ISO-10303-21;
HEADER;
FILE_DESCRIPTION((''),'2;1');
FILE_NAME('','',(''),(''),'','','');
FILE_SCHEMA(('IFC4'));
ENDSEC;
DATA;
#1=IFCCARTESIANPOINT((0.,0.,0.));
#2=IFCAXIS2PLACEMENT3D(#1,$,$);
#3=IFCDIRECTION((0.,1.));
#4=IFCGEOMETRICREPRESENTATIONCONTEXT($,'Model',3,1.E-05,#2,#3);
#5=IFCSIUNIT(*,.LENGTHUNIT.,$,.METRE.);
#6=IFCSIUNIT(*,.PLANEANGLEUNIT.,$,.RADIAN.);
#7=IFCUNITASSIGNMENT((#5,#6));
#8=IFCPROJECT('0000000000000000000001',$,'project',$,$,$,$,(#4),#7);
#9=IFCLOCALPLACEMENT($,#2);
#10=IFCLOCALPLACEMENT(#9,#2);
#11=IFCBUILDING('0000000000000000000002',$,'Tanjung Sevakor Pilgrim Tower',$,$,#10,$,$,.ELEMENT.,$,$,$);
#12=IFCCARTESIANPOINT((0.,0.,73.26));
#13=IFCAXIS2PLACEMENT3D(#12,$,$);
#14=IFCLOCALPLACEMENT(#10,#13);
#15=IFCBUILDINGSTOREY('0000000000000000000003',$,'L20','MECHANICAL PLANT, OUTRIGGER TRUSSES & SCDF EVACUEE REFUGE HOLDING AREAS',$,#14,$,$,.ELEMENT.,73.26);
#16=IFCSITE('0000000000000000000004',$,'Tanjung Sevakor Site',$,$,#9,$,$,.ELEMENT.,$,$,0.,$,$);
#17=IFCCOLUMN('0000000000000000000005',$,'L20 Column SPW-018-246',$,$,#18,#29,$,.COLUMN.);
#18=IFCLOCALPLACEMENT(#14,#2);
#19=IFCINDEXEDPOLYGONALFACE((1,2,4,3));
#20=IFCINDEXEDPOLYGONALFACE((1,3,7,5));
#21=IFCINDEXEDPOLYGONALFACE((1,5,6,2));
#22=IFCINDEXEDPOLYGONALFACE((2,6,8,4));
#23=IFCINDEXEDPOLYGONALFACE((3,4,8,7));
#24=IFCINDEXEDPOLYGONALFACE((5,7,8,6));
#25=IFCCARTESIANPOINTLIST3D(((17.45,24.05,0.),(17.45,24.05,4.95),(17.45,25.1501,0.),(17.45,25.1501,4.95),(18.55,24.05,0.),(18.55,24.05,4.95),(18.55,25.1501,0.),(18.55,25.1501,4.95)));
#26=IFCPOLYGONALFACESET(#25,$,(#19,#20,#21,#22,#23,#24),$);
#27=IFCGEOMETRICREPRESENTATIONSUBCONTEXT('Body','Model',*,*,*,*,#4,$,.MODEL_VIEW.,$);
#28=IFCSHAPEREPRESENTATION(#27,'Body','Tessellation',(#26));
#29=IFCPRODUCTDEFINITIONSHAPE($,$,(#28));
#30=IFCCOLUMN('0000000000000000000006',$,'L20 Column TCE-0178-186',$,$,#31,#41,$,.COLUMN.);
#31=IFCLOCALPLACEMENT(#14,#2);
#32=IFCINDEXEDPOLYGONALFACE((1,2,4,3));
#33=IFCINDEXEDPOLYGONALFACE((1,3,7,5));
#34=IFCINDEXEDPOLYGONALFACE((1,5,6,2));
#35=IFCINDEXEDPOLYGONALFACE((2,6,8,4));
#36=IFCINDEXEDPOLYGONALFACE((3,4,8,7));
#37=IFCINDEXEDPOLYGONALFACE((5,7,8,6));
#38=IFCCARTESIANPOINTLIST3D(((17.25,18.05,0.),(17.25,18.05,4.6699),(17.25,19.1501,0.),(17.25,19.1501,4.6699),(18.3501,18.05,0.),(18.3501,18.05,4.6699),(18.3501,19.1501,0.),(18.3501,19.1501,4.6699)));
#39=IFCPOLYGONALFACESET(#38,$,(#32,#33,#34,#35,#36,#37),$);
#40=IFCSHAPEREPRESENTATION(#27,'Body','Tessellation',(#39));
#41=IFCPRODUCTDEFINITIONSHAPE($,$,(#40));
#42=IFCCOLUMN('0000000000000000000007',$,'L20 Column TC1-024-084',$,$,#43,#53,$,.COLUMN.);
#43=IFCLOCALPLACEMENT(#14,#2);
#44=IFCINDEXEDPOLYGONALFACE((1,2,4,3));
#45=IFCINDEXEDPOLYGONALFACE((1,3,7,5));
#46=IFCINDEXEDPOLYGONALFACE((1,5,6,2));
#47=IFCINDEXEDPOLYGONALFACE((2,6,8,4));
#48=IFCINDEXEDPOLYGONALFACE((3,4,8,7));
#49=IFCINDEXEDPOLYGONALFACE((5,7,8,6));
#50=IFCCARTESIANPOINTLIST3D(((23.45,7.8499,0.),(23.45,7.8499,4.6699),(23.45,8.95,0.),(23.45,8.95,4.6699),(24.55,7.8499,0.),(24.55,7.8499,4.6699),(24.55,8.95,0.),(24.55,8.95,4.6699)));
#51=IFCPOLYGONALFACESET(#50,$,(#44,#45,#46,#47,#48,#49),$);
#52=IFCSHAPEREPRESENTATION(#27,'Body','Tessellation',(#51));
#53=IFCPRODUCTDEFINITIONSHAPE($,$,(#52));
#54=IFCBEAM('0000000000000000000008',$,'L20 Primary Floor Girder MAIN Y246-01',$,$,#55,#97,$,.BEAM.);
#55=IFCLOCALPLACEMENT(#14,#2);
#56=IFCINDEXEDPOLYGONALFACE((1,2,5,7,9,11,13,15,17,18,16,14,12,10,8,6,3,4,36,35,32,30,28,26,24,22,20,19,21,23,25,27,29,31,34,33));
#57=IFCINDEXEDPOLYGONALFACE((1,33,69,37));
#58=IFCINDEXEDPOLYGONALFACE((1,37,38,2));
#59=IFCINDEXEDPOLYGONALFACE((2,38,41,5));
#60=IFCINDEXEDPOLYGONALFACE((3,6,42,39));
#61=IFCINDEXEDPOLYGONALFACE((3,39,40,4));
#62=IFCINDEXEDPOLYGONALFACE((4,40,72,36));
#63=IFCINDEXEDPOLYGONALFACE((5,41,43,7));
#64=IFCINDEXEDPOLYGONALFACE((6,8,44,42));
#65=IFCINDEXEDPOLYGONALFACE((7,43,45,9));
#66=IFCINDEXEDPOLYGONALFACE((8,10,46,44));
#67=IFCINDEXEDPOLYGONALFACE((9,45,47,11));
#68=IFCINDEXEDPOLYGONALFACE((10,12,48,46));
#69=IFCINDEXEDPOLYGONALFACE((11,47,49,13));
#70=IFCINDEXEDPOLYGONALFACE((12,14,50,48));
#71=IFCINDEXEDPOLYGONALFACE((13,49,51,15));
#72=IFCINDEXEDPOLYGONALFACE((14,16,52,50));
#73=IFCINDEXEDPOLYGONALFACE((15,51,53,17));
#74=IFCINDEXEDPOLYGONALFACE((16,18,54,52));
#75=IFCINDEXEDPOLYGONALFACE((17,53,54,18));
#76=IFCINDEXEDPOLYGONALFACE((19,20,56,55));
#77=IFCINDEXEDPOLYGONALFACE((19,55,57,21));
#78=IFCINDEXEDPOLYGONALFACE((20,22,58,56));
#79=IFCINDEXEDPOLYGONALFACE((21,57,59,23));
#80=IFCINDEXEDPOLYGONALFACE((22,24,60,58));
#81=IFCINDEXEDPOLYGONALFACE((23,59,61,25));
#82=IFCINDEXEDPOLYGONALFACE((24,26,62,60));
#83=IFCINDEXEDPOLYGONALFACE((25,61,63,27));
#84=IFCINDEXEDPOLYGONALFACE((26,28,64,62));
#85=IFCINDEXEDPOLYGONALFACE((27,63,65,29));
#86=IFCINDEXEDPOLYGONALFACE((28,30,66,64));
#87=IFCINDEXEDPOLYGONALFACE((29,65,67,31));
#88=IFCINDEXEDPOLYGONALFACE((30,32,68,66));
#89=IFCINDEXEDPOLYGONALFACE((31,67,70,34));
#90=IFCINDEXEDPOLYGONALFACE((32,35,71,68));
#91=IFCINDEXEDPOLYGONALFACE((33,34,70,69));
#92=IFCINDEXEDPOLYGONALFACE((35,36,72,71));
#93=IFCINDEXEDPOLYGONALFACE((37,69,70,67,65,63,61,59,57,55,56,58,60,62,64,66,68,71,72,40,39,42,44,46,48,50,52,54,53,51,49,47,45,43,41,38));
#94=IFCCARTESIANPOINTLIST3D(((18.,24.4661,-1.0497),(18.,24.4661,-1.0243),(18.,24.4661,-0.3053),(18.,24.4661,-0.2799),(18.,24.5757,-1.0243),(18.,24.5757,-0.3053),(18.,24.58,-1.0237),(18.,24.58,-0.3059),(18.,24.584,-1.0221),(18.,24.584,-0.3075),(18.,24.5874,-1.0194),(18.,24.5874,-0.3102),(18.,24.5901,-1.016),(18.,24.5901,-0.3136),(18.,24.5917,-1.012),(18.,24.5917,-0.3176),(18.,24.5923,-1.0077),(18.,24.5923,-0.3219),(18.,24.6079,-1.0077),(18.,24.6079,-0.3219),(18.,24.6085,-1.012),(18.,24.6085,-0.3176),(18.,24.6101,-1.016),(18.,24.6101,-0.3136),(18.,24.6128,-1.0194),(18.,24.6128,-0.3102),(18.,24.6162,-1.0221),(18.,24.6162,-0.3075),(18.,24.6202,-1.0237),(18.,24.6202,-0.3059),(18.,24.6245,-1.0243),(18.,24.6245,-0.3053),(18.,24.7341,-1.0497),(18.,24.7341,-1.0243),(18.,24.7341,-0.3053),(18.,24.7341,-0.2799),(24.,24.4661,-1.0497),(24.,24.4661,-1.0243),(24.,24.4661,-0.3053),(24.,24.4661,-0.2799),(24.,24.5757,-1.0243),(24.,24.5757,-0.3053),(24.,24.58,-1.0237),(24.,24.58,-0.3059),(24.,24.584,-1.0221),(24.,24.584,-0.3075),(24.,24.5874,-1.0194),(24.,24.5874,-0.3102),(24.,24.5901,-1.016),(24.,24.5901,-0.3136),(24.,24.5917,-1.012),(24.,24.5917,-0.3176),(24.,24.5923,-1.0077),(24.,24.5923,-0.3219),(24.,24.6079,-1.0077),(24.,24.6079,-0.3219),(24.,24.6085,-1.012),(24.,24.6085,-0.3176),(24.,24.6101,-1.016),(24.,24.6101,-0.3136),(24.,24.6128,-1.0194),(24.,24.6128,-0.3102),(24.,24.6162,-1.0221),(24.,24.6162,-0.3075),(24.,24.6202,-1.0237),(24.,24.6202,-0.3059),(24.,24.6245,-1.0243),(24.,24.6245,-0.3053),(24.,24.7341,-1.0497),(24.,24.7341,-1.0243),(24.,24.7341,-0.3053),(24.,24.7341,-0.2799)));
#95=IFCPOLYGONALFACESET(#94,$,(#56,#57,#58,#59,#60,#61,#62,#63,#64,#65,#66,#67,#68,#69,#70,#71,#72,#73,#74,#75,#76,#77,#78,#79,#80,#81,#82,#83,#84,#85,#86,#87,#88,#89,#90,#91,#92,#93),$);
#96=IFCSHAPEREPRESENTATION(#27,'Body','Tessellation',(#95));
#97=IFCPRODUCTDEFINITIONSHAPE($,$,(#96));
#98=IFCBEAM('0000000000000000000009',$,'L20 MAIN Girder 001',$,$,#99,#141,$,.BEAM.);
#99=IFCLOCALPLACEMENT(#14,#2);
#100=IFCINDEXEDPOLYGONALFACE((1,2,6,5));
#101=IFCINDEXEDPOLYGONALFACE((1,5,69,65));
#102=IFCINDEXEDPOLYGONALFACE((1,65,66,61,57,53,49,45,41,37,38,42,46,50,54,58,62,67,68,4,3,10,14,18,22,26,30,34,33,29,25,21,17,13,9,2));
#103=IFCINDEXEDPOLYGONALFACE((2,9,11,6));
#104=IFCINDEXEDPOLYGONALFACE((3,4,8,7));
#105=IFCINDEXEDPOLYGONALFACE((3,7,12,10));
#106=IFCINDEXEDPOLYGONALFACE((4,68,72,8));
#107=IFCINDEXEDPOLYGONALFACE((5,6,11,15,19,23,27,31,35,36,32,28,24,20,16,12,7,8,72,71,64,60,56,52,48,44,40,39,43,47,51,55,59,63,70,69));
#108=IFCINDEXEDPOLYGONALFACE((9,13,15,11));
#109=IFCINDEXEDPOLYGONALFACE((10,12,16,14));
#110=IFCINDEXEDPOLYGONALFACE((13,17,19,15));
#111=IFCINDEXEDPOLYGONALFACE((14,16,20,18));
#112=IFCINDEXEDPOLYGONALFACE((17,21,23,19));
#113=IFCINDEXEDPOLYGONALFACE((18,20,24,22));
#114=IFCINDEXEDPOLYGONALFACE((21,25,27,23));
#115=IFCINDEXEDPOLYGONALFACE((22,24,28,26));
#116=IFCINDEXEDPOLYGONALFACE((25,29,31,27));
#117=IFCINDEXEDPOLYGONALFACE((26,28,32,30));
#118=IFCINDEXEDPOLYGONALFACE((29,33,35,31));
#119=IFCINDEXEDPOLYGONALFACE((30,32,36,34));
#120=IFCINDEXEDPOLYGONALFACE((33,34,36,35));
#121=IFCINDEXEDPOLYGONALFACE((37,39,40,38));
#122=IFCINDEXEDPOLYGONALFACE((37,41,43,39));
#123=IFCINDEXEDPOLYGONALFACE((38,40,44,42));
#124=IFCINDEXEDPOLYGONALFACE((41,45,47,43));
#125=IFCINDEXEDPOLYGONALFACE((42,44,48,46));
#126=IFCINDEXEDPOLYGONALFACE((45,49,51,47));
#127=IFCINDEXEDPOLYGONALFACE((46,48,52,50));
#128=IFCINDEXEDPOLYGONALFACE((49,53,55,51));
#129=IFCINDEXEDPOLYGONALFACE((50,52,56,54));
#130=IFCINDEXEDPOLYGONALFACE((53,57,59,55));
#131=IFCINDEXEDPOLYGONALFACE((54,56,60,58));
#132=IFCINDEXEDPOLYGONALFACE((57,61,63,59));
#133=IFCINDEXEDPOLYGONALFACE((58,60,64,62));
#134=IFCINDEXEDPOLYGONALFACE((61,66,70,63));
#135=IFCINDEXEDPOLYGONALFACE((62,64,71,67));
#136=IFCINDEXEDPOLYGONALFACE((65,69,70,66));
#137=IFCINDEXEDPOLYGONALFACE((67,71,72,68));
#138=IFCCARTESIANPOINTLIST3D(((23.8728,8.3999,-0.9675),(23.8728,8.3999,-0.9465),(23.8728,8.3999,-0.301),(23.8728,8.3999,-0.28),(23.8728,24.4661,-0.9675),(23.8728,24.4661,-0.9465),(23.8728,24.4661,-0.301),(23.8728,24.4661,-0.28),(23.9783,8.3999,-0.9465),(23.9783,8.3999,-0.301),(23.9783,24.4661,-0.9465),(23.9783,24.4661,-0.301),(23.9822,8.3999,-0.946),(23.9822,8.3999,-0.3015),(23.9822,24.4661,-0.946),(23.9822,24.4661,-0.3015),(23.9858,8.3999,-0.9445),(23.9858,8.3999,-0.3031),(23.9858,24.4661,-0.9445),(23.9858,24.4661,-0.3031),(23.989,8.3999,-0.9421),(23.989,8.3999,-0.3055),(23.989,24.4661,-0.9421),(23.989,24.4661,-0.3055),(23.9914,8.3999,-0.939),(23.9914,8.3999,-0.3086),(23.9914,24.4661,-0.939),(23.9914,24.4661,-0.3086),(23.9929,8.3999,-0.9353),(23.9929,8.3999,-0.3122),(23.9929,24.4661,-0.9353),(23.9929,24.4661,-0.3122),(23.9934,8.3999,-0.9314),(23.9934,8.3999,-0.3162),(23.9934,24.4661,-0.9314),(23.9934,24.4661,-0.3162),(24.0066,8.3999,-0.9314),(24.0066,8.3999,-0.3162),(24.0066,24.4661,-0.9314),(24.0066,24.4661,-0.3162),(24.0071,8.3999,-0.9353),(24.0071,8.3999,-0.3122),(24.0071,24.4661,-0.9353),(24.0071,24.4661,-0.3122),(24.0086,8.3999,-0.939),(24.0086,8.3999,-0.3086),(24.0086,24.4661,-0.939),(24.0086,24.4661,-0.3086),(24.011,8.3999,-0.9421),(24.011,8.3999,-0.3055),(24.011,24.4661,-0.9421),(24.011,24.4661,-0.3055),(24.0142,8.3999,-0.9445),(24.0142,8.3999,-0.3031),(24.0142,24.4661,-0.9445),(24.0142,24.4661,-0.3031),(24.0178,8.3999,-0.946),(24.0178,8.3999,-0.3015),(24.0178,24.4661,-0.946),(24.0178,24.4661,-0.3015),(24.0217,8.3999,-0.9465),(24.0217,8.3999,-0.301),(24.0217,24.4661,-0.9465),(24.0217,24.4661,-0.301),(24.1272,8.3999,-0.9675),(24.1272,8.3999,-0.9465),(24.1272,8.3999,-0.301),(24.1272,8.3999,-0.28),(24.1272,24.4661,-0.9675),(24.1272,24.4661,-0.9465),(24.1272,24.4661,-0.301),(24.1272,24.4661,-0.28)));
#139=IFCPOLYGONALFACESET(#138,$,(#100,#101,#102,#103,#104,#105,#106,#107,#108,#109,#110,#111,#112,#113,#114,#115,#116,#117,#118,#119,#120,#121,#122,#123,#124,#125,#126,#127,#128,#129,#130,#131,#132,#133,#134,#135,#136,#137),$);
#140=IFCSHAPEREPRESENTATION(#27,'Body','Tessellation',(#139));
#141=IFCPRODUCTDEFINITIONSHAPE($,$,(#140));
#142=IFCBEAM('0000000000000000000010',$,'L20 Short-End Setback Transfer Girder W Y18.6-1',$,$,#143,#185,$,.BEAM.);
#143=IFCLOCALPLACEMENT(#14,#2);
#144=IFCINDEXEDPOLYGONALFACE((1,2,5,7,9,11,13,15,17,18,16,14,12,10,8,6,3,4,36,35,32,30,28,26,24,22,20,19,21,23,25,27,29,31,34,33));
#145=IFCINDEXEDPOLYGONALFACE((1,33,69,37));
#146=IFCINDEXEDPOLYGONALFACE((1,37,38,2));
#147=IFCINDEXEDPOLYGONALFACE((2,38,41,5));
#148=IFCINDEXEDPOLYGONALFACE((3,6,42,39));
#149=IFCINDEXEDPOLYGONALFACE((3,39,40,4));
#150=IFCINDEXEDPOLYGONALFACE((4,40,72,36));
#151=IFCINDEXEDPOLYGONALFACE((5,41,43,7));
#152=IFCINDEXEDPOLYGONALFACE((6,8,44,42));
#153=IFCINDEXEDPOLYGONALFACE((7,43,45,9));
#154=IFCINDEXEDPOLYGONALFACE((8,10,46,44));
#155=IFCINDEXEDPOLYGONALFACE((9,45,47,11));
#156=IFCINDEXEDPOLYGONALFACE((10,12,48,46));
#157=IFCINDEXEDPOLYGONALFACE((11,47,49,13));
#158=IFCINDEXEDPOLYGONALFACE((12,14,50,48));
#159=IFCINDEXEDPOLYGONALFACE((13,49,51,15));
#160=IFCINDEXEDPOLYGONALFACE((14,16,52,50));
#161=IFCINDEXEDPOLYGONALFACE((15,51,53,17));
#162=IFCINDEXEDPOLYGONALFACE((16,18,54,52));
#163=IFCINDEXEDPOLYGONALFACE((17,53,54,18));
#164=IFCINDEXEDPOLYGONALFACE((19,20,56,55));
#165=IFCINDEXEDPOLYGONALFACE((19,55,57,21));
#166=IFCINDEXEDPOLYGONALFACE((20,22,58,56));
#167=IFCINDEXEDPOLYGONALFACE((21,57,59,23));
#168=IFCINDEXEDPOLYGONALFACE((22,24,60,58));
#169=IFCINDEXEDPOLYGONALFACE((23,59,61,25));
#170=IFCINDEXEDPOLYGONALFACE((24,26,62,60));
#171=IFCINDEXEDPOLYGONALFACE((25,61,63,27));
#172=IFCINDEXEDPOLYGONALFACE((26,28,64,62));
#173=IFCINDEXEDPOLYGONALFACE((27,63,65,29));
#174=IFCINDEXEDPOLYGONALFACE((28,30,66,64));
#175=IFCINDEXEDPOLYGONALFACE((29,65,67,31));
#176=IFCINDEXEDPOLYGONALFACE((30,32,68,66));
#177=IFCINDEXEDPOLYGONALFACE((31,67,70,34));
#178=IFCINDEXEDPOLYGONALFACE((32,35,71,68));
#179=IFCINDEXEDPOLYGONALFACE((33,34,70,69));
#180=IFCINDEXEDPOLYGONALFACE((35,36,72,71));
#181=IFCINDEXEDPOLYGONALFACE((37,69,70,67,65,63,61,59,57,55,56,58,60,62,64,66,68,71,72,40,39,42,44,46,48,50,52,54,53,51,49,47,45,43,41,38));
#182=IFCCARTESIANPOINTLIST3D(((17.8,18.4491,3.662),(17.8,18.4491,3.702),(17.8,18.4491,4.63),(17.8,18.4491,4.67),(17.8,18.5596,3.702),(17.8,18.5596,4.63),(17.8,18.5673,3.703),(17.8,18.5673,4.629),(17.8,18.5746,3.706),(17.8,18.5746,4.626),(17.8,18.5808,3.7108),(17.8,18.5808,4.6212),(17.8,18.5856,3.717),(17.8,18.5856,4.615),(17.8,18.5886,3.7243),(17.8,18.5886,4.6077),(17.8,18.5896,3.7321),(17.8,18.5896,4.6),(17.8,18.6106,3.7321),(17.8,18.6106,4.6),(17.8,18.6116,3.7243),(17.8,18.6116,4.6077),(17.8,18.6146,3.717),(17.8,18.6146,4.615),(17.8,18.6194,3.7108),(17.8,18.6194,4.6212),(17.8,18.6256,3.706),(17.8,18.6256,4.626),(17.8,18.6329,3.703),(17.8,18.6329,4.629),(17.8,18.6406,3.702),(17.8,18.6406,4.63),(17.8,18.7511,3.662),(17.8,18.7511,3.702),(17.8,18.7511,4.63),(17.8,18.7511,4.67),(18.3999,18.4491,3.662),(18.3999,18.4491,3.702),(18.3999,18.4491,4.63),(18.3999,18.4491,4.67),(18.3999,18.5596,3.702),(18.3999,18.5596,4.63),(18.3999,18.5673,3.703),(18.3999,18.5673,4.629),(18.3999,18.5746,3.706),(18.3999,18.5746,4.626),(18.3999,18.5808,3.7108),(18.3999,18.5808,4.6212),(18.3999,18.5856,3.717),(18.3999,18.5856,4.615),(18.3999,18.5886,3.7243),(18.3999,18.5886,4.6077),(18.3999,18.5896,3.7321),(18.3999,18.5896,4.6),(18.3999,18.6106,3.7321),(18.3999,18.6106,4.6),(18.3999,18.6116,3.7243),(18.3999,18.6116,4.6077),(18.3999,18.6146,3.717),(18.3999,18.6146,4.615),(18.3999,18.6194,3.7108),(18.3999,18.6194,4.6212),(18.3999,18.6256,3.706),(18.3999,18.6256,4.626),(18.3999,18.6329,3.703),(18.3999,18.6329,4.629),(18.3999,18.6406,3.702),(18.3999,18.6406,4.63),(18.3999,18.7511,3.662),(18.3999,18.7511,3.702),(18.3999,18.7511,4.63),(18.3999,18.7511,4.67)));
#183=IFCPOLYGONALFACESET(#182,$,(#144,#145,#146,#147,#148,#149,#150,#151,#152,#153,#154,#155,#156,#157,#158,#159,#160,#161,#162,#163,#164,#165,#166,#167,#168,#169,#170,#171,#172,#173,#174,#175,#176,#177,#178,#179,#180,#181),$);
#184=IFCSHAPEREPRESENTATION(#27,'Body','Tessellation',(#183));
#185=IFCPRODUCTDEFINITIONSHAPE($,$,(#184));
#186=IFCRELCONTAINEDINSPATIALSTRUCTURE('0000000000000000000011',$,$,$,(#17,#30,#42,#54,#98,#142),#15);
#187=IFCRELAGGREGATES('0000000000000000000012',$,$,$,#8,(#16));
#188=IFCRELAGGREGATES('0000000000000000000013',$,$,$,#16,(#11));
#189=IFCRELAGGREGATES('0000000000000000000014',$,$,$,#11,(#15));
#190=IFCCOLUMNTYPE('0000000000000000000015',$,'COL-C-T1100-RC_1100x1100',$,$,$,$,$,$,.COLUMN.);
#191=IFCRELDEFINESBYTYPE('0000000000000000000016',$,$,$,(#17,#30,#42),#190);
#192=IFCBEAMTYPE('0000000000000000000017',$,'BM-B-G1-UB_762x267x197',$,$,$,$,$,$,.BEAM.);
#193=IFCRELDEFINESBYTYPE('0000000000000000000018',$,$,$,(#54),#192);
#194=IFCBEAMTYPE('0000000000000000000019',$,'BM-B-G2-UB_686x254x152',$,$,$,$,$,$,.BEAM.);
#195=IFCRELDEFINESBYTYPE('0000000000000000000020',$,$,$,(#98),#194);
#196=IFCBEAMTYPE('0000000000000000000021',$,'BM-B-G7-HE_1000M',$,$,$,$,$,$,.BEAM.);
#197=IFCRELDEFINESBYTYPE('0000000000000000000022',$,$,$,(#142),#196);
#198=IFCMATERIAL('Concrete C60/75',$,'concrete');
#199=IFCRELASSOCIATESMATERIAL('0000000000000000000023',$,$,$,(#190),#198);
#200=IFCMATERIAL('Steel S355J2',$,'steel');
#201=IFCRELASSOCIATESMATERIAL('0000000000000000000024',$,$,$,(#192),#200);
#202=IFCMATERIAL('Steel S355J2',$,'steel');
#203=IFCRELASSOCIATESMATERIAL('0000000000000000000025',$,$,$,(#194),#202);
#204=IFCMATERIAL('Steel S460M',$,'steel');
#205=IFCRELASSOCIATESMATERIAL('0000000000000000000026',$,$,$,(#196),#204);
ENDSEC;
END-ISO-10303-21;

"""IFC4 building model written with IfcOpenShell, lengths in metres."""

from ifc_helpers import new_model, si_unit, direction, frame, origin, origin_2d, place, context, subcontext, project, spatial, rectangle, i_section, extrude, material, material_profile, profile_set, type_object, element, save


model = new_model("IFC4")

# Units and contexts
model_context = context("Model", 3, precision=1e-05, world=origin(), true_north=direction((0.0, 1.0)))
body_context = subcontext(model_context, "Body", "Model", "MODEL_VIEW")
ifc_project = project(units=[si_unit("LENGTHUNIT", "METRE"), si_unit("PLANEANGLEUNIT", "RADIAN")], contexts=[model_context])

# Site, building, storey
site_placement = place(None, origin())
site = spatial("IfcSite", under=ifc_project, at=site_placement, Name="Tanjung Sevakor Site", CompositionType="ELEMENT", RefElevation=0.0)
building_placement = place(site_placement, origin())
building = spatial("IfcBuilding", under=site, at=building_placement, Name="Tanjung Sevakor Pilgrim Tower", CompositionType="ELEMENT")
storey_placement = place(building_placement, frame((0.0, 0.0, 73.26)))
storey = spatial("IfcBuildingStorey", under=building, at=storey_placement, Name="L20", Description="MECHANICAL PLANT, OUTRIGGER TRUSSES & SCDF EVACUEE REFUGE HOLDING AREAS", CompositionType="ELEMENT", Elevation=73.26)

# Columns
ifc_material_1 = material(Name="Concrete C60/75", Category="concrete")
ifc_material_profile_1 = material_profile(ifc_material_1, rectangle(XDim=1.1001, YDim=1.1001, at=origin_2d()))
ifc_profile_set_1 = profile_set([ifc_material_profile_1], Name="Concrete C60/75")
column_type = type_object("IfcColumnType", Name="COL-C-T1100-RC_1100x1100", PredefinedType="COLUMN", material=ifc_profile_set_1)
column_placement = place(storey_placement, frame((18.0, 24.6001, 0.0), z_axis=(0.0, 0.0, 1.0), x_axis=(1.0, 0.0, 0.0)))
element("IfcColumn", 1, at=column_placement, inside=storey, type_object=column_type, Name="L20 Column SPW-018-246", PredefinedType="COLUMN", context=body_context, shape_type="SweptSolid", body=[
    extrude(rectangle(XDim=1.1001, YDim=1.1001, at=origin_2d()), origin(), (0.0, 0.0, 1.0), 4.95),
])
for number, where, z_axis, x_axis, name in (
    (2, (17.8, 18.6001, 0.0), (0.0, 0.0, 1.0), (1.0, 0.0, 0.0), "L20 Column TCE-0178-186"),
    (3, (24.0, 8.3999, 0.0), (0.0, 0.0, 1.0), (1.0, 0.0, 0.0), "L20 Column TC1-024-084"),
):
    element("IfcColumn", number, at=place(storey_placement, frame(where, z_axis=z_axis, x_axis=x_axis)), inside=storey, type_object=column_type, Name=name, PredefinedType="COLUMN", context=body_context, shape_type="SweptSolid", body=[
        extrude(rectangle(XDim=1.1001, YDim=1.1001, at=origin_2d()), origin(), (0.0, 0.0, 1.0), 4.6699),
    ])

# Beams
ifc_material_2 = material(Name="Steel S355J2", Category="steel")
ifc_material_profile_2 = material_profile(ifc_material_2, i_section(OverallWidth=0.2681, OverallDepth=0.7698, WebThickness=0.0156, FlangeThickness=0.0254, FilletRadius=0.0166, at=origin_2d()))
ifc_profile_set_2 = profile_set([ifc_material_profile_2], Name="Steel S355J2")
beam_type_1 = type_object("IfcBeamType", Name="BM-B-G1-UB_762x267x197", PredefinedType="BEAM", material=ifc_profile_set_2)
beam_1_placement = place(storey_placement, frame((18.0, 24.6001, -0.6648), z_axis=(1.0, 0.0, 0.0), x_axis=(0.0, 1.0, 0.0)))
element("IfcBeam", 4, at=beam_1_placement, inside=storey, type_object=beam_type_1, Name="L20 Primary Floor Girder MAIN Y246-01", PredefinedType="BEAM", context=body_context, shape_type="SweptSolid", body=[
    extrude(i_section(OverallWidth=0.2681, OverallDepth=0.7698, WebThickness=0.0156, FlangeThickness=0.0254, FilletRadius=0.0166, at=origin_2d()), origin(), (0.0, 0.0, 1.0), 6.0),
])
ifc_material_3 = material(Name="Steel S355J2", Category="steel")
ifc_material_profile_3 = material_profile(ifc_material_3, i_section(OverallWidth=0.2544, OverallDepth=0.6875, WebThickness=0.0132, FlangeThickness=0.021, FilletRadius=0.0151, at=origin_2d()))
ifc_profile_set_3 = profile_set([ifc_material_profile_3], Name="Steel S355J2")
beam_type_2 = type_object("IfcBeamType", Name="BM-B-G2-UB_686x254x152", PredefinedType="BEAM", material=ifc_profile_set_3)
beam_2_placement = place(storey_placement, frame((24.0, 8.3999, -0.6238), z_axis=(0.0, 1.0, 0.0), x_axis=(-1.0, 0.0, 0.0)))
element("IfcBeam", 5, at=beam_2_placement, inside=storey, type_object=beam_type_2, Name="L20 MAIN Girder 001", PredefinedType="BEAM", context=body_context, shape_type="SweptSolid", body=[
    extrude(i_section(OverallWidth=0.2544, OverallDepth=0.6875, WebThickness=0.0132, FlangeThickness=0.021, FilletRadius=0.0151, at=origin_2d()), origin(), (0.0, 0.0, 1.0), 16.0662),
])
ifc_material_4 = material(Name="Steel S460M", Category="steel")
ifc_material_profile_4 = material_profile(ifc_material_4, i_section(OverallWidth=0.302, OverallDepth=1.0081, WebThickness=0.021, FlangeThickness=0.04, FilletRadius=0.03, at=origin_2d()))
ifc_profile_set_4 = profile_set([ifc_material_profile_4], Name="Steel S460M")
beam_type_3 = type_object("IfcBeamType", Name="BM-B-G7-HE_1000M", PredefinedType="BEAM", material=ifc_profile_set_4)
beam_3_placement = place(storey_placement, frame((17.8, 18.6001, 4.166), z_axis=(1.0, 0.0, 0.0), x_axis=(0.0, 1.0, 0.0)))
element("IfcBeam", 6, at=beam_3_placement, inside=storey, type_object=beam_type_3, Name="L20 Short-End Setback Transfer Girder W Y18.6-1", PredefinedType="BEAM", context=body_context, shape_type="SweptSolid", body=[
    extrude(i_section(OverallWidth=0.302, OverallDepth=1.0081, WebThickness=0.021, FlangeThickness=0.04, FilletRadius=0.03, at=origin_2d()), origin(), (0.0, 0.0, 1.0), 0.5999),
])

save(model, "model.ifc")
